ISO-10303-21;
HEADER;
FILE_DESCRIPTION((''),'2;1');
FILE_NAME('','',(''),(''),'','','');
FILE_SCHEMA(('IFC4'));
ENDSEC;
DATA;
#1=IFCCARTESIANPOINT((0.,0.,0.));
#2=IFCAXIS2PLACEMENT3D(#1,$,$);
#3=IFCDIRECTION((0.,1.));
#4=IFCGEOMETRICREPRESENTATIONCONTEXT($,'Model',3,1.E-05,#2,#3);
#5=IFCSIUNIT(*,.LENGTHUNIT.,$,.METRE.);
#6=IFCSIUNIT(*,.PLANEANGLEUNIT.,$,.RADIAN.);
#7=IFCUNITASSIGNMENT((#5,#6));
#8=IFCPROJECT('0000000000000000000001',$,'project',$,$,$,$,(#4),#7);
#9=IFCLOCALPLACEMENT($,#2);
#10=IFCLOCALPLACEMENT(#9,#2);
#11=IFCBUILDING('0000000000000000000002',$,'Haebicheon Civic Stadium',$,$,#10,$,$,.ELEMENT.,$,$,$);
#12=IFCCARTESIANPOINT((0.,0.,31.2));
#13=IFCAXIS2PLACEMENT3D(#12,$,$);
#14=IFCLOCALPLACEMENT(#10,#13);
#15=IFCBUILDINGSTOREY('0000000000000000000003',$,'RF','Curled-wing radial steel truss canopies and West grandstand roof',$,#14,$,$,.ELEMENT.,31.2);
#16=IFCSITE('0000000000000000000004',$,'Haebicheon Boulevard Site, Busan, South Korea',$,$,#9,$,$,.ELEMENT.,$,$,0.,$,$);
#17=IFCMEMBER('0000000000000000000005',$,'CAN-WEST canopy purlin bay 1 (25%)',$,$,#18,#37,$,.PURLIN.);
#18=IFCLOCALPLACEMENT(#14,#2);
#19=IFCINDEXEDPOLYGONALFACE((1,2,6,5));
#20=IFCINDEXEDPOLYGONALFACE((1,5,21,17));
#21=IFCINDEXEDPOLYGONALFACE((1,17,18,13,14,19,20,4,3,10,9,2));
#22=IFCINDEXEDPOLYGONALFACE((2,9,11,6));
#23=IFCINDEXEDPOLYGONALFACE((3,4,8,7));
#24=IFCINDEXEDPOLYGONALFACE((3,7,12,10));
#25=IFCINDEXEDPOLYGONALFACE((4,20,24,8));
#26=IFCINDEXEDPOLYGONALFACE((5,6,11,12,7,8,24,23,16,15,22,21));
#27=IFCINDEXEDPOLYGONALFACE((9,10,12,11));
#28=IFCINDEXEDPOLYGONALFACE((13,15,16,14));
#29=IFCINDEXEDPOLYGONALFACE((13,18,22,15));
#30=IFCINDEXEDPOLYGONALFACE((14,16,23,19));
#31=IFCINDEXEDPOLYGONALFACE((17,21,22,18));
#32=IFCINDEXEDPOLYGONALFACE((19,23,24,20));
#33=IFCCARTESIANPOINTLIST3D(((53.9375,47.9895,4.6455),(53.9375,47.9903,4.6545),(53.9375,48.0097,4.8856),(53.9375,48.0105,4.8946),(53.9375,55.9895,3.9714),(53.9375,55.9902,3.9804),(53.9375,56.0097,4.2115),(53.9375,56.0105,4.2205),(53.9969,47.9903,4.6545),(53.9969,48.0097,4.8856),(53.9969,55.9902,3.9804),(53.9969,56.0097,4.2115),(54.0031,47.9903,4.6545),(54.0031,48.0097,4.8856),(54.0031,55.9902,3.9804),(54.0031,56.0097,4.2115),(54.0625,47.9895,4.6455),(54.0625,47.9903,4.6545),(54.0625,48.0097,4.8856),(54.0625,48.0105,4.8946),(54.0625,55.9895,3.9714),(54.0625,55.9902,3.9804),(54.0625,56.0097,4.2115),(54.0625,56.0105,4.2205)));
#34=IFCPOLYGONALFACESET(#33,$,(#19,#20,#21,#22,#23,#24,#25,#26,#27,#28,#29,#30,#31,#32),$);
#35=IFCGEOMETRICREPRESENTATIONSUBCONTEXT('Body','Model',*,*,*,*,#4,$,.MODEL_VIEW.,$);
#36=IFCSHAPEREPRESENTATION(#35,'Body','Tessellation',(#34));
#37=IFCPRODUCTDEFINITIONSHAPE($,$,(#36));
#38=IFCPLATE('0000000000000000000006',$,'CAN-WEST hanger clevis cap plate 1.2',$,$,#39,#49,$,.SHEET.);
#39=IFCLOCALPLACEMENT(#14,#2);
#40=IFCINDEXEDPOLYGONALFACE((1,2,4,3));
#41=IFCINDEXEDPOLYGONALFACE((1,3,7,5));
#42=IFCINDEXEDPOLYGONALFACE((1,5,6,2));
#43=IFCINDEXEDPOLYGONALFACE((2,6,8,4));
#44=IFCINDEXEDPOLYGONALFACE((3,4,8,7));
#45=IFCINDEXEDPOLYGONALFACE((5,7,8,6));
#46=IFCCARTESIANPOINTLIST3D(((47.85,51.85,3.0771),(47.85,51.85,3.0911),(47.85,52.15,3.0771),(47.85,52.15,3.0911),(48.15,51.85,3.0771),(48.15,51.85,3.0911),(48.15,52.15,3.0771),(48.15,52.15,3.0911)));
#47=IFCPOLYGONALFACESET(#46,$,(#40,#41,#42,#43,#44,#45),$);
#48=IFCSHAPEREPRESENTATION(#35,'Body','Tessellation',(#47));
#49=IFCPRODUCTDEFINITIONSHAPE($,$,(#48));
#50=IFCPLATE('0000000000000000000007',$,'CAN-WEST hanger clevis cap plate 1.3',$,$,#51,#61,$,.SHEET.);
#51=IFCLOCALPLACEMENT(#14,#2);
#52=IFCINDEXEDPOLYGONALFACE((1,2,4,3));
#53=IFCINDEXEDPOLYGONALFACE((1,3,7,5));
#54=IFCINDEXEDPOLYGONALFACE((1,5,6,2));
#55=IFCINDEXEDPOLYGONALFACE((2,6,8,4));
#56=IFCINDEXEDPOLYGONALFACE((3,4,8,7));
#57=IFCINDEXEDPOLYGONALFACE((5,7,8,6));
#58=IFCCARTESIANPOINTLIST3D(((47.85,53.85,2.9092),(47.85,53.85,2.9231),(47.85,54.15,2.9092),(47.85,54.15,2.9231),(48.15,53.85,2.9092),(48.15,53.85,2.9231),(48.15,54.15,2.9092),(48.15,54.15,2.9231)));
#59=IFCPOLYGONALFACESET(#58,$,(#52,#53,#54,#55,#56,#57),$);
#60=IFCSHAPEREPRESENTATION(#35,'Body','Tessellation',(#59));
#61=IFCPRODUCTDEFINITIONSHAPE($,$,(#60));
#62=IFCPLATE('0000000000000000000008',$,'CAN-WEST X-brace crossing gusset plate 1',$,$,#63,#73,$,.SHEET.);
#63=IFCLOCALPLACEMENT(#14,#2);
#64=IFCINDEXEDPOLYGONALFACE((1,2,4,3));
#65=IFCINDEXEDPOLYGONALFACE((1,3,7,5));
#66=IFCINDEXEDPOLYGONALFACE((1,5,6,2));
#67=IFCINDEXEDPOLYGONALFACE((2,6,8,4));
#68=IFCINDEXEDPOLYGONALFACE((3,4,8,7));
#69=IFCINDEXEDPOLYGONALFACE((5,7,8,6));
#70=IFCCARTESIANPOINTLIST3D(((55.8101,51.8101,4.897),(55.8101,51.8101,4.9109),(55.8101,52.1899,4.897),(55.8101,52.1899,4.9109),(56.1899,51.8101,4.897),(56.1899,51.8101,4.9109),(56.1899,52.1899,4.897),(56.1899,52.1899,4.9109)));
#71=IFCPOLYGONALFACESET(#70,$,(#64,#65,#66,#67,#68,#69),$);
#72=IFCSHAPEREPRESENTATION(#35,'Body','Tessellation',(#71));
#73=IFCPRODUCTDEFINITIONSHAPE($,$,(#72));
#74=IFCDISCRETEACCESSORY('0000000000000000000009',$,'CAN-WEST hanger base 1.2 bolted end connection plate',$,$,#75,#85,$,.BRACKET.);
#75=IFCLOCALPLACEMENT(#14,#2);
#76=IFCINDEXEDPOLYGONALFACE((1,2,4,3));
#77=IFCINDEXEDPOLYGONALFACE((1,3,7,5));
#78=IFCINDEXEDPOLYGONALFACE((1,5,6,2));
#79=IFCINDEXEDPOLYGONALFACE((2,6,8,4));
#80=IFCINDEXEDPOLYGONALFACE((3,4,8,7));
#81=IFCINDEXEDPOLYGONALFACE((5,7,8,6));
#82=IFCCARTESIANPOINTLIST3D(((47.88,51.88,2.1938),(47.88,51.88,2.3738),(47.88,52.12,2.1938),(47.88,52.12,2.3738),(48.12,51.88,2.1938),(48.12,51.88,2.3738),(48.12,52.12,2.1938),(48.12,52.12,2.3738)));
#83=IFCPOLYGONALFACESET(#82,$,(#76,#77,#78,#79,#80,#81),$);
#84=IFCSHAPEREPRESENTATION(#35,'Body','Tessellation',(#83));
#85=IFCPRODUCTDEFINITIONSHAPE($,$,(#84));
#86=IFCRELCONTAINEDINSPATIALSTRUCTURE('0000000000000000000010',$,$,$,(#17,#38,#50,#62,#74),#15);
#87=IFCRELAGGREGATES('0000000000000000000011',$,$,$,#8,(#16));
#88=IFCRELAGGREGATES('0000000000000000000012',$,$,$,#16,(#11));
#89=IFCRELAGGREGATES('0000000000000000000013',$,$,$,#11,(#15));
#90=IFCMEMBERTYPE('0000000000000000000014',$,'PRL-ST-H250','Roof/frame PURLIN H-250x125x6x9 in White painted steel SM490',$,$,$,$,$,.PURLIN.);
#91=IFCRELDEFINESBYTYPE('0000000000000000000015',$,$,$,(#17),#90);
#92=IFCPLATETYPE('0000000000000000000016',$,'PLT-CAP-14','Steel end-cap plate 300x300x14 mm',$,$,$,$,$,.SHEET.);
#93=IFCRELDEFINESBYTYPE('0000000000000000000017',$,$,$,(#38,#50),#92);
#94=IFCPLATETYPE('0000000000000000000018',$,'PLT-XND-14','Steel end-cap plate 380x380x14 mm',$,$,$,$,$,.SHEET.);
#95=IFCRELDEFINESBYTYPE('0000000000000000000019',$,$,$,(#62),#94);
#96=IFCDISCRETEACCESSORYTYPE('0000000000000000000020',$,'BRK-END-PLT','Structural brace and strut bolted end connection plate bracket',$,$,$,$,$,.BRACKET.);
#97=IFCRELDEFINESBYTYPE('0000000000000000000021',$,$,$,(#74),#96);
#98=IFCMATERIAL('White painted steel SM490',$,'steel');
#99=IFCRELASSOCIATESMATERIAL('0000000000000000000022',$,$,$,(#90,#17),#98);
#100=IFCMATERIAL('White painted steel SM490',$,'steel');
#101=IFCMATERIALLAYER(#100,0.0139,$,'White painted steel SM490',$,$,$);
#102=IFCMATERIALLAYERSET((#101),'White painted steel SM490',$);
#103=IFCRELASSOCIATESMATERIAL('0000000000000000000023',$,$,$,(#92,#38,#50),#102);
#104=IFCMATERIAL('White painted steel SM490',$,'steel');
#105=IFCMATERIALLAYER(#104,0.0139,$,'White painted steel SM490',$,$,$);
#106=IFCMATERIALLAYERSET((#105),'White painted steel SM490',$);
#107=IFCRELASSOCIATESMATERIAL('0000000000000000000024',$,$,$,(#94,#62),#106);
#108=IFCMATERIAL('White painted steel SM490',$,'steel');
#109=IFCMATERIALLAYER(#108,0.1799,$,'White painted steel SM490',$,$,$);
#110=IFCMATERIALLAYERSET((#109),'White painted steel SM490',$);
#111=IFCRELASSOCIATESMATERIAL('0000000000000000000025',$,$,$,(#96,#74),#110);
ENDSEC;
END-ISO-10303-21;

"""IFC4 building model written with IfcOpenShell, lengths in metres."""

from ifc_helpers import new_model, si_unit, direction, frame, origin, origin_2d, place, context, subcontext, project, spatial, rectangle, i_section, extrude, material, layer, layer_set, material_profile, profile_set, type_object, element, save


model = new_model("IFC4")

# Units and contexts
model_context = context("Model", 3, precision=1e-05, world=origin(), true_north=direction((0.0, 1.0)))
body_context = subcontext(model_context, "Body", "Model", "MODEL_VIEW")
ifc_project = project(units=[si_unit("LENGTHUNIT", "METRE"), si_unit("PLANEANGLEUNIT", "RADIAN")], contexts=[model_context])

# Site, building, storey
site_placement = place(None, origin())
site = spatial("IfcSite", under=ifc_project, at=site_placement, Name="Haebicheon Boulevard Site, Busan, South Korea", CompositionType="ELEMENT", RefElevation=0.0)
building_placement = place(site_placement, origin())
building = spatial("IfcBuilding", under=site, at=building_placement, Name="Haebicheon Civic Stadium", CompositionType="ELEMENT")
storey_placement = place(building_placement, frame((0.0, 0.0, 31.2)))
storey = spatial("IfcBuildingStorey", under=building, at=storey_placement, Name="RF", Description="Curled-wing radial steel truss canopies and West grandstand roof", CompositionType="ELEMENT", Elevation=31.2)

# Member
ifc_material_1 = material(Name="White painted steel SM490", Category="steel")
ifc_material_profile_1 = material_profile(ifc_material_1, i_section(OverallWidth=0.125, OverallDepth=0.25, WebThickness=0.0061, FlangeThickness=0.009, at=origin_2d()), Name="H-250x125x6x9")
ifc_profile_set_1 = profile_set([ifc_material_profile_1], Name="White painted steel SM490")
member_type_1 = type_object("IfcMemberType", Name="PRL-ST-H250", Description="Roof/frame PURLIN H-250x125x6x9 in White painted steel SM490", PredefinedType="PURLIN", material=ifc_profile_set_1)
member_1_placement = place(storey_placement, frame((54.0, 48.0, 4.77), z_axis=(0.0, 0.996469, -0.083962), x_axis=(-1.0, 0.0, 0.0)))
element("IfcMember", 1, at=member_1_placement, inside=storey, type_object=member_type_1, material=ifc_profile_set_1, Name="CAN-WEST canopy purlin bay 1 (25%)", PredefinedType="PURLIN", context=body_context, shape_type="SweptSolid", body=[
    extrude(i_section(OverallWidth=0.125, OverallDepth=0.25, WebThickness=0.0061, FlangeThickness=0.009, at=origin_2d()), origin(), (0.0, 0.0, 1.0), 8.0283),
])

# Plates
ifc_material_2 = material(Name="White painted steel SM490", Category="steel")
ifc_layer_1 = layer(ifc_material_2, 0.0139, Name="White painted steel SM490")
ifc_layer_set_1 = layer_set([ifc_layer_1], Name="White painted steel SM490")
plate_type_1 = type_object("IfcPlateType", Name="PLT-CAP-14", Description="Steel end-cap plate 300x300x14 mm", PredefinedType="SHEET", material=ifc_layer_set_1)
for number, where, z_axis, x_axis, name in (
    (2, (48.0, 52.0, 3.0771), (0.0, 0.0, 1.0), (1.0, 0.0, 0.0), "CAN-WEST hanger clevis cap plate 1.2"),
    (3, (48.0, 54.0, 2.9092), (0.0, 0.0, 1.0), (1.0, 0.0, 0.0), "CAN-WEST hanger clevis cap plate 1.3"),
):
    element("IfcPlate", number, at=place(storey_placement, frame(where, z_axis=z_axis, x_axis=x_axis)), inside=storey, type_object=plate_type_1, material=ifc_layer_set_1, Name=name, PredefinedType="SHEET", context=body_context, shape_type="SweptSolid", body=[
        extrude(rectangle(XDim=0.3, YDim=0.3, at=origin_2d()), origin(), (0.0, 0.0, 1.0), 0.0139),
    ])
ifc_material_3 = material(Name="White painted steel SM490", Category="steel")
ifc_layer_2 = layer(ifc_material_3, 0.0139, Name="White painted steel SM490")
ifc_layer_set_2 = layer_set([ifc_layer_2], Name="White painted steel SM490")
plate_type_2 = type_object("IfcPlateType", Name="PLT-XND-14", Description="Steel end-cap plate 380x380x14 mm", PredefinedType="SHEET", material=ifc_layer_set_2)
plate_placement = place(storey_placement, frame((56.0, 52.0, 4.897), z_axis=(0.0, 0.0, 1.0), x_axis=(1.0, 0.0, 0.0)))
element("IfcPlate", 4, at=plate_placement, inside=storey, type_object=plate_type_2, material=ifc_layer_set_2, Name="CAN-WEST X-brace crossing gusset plate 1", PredefinedType="SHEET", context=body_context, shape_type="SweptSolid", body=[
    extrude(rectangle(XDim=0.3799, YDim=0.3799, at=origin_2d()), origin(), (0.0, 0.0, 1.0), 0.0139),
])

# Discrete accessory
ifc_material_4 = material(Name="White painted steel SM490", Category="steel")
ifc_layer_3 = layer(ifc_material_4, 0.1799, Name="White painted steel SM490")
ifc_layer_set_3 = layer_set([ifc_layer_3], Name="White painted steel SM490")
discrete_accessory_type = type_object("IfcDiscreteAccessoryType", Name="BRK-END-PLT", Description="Structural brace and strut bolted end connection plate bracket", PredefinedType="BRACKET", material=ifc_layer_set_3)
discrete_accessory_placement = place(storey_placement, frame((48.0, 52.0, 2.1938), z_axis=(0.0, 0.0, 1.0), x_axis=(1.0, 0.0, 0.0)))
element("IfcDiscreteAccessory", 5, at=discrete_accessory_placement, inside=storey, type_object=discrete_accessory_type, material=ifc_layer_set_3, Name="CAN-WEST hanger base 1.2 bolted end connection plate", PredefinedType="BRACKET", context=body_context, shape_type="SweptSolid", body=[
    extrude(rectangle(XDim=0.24, YDim=0.24, at=origin_2d()), origin(), (0.0, 0.0, 1.0), 0.1799),
])

save(model, "model.ifc")
